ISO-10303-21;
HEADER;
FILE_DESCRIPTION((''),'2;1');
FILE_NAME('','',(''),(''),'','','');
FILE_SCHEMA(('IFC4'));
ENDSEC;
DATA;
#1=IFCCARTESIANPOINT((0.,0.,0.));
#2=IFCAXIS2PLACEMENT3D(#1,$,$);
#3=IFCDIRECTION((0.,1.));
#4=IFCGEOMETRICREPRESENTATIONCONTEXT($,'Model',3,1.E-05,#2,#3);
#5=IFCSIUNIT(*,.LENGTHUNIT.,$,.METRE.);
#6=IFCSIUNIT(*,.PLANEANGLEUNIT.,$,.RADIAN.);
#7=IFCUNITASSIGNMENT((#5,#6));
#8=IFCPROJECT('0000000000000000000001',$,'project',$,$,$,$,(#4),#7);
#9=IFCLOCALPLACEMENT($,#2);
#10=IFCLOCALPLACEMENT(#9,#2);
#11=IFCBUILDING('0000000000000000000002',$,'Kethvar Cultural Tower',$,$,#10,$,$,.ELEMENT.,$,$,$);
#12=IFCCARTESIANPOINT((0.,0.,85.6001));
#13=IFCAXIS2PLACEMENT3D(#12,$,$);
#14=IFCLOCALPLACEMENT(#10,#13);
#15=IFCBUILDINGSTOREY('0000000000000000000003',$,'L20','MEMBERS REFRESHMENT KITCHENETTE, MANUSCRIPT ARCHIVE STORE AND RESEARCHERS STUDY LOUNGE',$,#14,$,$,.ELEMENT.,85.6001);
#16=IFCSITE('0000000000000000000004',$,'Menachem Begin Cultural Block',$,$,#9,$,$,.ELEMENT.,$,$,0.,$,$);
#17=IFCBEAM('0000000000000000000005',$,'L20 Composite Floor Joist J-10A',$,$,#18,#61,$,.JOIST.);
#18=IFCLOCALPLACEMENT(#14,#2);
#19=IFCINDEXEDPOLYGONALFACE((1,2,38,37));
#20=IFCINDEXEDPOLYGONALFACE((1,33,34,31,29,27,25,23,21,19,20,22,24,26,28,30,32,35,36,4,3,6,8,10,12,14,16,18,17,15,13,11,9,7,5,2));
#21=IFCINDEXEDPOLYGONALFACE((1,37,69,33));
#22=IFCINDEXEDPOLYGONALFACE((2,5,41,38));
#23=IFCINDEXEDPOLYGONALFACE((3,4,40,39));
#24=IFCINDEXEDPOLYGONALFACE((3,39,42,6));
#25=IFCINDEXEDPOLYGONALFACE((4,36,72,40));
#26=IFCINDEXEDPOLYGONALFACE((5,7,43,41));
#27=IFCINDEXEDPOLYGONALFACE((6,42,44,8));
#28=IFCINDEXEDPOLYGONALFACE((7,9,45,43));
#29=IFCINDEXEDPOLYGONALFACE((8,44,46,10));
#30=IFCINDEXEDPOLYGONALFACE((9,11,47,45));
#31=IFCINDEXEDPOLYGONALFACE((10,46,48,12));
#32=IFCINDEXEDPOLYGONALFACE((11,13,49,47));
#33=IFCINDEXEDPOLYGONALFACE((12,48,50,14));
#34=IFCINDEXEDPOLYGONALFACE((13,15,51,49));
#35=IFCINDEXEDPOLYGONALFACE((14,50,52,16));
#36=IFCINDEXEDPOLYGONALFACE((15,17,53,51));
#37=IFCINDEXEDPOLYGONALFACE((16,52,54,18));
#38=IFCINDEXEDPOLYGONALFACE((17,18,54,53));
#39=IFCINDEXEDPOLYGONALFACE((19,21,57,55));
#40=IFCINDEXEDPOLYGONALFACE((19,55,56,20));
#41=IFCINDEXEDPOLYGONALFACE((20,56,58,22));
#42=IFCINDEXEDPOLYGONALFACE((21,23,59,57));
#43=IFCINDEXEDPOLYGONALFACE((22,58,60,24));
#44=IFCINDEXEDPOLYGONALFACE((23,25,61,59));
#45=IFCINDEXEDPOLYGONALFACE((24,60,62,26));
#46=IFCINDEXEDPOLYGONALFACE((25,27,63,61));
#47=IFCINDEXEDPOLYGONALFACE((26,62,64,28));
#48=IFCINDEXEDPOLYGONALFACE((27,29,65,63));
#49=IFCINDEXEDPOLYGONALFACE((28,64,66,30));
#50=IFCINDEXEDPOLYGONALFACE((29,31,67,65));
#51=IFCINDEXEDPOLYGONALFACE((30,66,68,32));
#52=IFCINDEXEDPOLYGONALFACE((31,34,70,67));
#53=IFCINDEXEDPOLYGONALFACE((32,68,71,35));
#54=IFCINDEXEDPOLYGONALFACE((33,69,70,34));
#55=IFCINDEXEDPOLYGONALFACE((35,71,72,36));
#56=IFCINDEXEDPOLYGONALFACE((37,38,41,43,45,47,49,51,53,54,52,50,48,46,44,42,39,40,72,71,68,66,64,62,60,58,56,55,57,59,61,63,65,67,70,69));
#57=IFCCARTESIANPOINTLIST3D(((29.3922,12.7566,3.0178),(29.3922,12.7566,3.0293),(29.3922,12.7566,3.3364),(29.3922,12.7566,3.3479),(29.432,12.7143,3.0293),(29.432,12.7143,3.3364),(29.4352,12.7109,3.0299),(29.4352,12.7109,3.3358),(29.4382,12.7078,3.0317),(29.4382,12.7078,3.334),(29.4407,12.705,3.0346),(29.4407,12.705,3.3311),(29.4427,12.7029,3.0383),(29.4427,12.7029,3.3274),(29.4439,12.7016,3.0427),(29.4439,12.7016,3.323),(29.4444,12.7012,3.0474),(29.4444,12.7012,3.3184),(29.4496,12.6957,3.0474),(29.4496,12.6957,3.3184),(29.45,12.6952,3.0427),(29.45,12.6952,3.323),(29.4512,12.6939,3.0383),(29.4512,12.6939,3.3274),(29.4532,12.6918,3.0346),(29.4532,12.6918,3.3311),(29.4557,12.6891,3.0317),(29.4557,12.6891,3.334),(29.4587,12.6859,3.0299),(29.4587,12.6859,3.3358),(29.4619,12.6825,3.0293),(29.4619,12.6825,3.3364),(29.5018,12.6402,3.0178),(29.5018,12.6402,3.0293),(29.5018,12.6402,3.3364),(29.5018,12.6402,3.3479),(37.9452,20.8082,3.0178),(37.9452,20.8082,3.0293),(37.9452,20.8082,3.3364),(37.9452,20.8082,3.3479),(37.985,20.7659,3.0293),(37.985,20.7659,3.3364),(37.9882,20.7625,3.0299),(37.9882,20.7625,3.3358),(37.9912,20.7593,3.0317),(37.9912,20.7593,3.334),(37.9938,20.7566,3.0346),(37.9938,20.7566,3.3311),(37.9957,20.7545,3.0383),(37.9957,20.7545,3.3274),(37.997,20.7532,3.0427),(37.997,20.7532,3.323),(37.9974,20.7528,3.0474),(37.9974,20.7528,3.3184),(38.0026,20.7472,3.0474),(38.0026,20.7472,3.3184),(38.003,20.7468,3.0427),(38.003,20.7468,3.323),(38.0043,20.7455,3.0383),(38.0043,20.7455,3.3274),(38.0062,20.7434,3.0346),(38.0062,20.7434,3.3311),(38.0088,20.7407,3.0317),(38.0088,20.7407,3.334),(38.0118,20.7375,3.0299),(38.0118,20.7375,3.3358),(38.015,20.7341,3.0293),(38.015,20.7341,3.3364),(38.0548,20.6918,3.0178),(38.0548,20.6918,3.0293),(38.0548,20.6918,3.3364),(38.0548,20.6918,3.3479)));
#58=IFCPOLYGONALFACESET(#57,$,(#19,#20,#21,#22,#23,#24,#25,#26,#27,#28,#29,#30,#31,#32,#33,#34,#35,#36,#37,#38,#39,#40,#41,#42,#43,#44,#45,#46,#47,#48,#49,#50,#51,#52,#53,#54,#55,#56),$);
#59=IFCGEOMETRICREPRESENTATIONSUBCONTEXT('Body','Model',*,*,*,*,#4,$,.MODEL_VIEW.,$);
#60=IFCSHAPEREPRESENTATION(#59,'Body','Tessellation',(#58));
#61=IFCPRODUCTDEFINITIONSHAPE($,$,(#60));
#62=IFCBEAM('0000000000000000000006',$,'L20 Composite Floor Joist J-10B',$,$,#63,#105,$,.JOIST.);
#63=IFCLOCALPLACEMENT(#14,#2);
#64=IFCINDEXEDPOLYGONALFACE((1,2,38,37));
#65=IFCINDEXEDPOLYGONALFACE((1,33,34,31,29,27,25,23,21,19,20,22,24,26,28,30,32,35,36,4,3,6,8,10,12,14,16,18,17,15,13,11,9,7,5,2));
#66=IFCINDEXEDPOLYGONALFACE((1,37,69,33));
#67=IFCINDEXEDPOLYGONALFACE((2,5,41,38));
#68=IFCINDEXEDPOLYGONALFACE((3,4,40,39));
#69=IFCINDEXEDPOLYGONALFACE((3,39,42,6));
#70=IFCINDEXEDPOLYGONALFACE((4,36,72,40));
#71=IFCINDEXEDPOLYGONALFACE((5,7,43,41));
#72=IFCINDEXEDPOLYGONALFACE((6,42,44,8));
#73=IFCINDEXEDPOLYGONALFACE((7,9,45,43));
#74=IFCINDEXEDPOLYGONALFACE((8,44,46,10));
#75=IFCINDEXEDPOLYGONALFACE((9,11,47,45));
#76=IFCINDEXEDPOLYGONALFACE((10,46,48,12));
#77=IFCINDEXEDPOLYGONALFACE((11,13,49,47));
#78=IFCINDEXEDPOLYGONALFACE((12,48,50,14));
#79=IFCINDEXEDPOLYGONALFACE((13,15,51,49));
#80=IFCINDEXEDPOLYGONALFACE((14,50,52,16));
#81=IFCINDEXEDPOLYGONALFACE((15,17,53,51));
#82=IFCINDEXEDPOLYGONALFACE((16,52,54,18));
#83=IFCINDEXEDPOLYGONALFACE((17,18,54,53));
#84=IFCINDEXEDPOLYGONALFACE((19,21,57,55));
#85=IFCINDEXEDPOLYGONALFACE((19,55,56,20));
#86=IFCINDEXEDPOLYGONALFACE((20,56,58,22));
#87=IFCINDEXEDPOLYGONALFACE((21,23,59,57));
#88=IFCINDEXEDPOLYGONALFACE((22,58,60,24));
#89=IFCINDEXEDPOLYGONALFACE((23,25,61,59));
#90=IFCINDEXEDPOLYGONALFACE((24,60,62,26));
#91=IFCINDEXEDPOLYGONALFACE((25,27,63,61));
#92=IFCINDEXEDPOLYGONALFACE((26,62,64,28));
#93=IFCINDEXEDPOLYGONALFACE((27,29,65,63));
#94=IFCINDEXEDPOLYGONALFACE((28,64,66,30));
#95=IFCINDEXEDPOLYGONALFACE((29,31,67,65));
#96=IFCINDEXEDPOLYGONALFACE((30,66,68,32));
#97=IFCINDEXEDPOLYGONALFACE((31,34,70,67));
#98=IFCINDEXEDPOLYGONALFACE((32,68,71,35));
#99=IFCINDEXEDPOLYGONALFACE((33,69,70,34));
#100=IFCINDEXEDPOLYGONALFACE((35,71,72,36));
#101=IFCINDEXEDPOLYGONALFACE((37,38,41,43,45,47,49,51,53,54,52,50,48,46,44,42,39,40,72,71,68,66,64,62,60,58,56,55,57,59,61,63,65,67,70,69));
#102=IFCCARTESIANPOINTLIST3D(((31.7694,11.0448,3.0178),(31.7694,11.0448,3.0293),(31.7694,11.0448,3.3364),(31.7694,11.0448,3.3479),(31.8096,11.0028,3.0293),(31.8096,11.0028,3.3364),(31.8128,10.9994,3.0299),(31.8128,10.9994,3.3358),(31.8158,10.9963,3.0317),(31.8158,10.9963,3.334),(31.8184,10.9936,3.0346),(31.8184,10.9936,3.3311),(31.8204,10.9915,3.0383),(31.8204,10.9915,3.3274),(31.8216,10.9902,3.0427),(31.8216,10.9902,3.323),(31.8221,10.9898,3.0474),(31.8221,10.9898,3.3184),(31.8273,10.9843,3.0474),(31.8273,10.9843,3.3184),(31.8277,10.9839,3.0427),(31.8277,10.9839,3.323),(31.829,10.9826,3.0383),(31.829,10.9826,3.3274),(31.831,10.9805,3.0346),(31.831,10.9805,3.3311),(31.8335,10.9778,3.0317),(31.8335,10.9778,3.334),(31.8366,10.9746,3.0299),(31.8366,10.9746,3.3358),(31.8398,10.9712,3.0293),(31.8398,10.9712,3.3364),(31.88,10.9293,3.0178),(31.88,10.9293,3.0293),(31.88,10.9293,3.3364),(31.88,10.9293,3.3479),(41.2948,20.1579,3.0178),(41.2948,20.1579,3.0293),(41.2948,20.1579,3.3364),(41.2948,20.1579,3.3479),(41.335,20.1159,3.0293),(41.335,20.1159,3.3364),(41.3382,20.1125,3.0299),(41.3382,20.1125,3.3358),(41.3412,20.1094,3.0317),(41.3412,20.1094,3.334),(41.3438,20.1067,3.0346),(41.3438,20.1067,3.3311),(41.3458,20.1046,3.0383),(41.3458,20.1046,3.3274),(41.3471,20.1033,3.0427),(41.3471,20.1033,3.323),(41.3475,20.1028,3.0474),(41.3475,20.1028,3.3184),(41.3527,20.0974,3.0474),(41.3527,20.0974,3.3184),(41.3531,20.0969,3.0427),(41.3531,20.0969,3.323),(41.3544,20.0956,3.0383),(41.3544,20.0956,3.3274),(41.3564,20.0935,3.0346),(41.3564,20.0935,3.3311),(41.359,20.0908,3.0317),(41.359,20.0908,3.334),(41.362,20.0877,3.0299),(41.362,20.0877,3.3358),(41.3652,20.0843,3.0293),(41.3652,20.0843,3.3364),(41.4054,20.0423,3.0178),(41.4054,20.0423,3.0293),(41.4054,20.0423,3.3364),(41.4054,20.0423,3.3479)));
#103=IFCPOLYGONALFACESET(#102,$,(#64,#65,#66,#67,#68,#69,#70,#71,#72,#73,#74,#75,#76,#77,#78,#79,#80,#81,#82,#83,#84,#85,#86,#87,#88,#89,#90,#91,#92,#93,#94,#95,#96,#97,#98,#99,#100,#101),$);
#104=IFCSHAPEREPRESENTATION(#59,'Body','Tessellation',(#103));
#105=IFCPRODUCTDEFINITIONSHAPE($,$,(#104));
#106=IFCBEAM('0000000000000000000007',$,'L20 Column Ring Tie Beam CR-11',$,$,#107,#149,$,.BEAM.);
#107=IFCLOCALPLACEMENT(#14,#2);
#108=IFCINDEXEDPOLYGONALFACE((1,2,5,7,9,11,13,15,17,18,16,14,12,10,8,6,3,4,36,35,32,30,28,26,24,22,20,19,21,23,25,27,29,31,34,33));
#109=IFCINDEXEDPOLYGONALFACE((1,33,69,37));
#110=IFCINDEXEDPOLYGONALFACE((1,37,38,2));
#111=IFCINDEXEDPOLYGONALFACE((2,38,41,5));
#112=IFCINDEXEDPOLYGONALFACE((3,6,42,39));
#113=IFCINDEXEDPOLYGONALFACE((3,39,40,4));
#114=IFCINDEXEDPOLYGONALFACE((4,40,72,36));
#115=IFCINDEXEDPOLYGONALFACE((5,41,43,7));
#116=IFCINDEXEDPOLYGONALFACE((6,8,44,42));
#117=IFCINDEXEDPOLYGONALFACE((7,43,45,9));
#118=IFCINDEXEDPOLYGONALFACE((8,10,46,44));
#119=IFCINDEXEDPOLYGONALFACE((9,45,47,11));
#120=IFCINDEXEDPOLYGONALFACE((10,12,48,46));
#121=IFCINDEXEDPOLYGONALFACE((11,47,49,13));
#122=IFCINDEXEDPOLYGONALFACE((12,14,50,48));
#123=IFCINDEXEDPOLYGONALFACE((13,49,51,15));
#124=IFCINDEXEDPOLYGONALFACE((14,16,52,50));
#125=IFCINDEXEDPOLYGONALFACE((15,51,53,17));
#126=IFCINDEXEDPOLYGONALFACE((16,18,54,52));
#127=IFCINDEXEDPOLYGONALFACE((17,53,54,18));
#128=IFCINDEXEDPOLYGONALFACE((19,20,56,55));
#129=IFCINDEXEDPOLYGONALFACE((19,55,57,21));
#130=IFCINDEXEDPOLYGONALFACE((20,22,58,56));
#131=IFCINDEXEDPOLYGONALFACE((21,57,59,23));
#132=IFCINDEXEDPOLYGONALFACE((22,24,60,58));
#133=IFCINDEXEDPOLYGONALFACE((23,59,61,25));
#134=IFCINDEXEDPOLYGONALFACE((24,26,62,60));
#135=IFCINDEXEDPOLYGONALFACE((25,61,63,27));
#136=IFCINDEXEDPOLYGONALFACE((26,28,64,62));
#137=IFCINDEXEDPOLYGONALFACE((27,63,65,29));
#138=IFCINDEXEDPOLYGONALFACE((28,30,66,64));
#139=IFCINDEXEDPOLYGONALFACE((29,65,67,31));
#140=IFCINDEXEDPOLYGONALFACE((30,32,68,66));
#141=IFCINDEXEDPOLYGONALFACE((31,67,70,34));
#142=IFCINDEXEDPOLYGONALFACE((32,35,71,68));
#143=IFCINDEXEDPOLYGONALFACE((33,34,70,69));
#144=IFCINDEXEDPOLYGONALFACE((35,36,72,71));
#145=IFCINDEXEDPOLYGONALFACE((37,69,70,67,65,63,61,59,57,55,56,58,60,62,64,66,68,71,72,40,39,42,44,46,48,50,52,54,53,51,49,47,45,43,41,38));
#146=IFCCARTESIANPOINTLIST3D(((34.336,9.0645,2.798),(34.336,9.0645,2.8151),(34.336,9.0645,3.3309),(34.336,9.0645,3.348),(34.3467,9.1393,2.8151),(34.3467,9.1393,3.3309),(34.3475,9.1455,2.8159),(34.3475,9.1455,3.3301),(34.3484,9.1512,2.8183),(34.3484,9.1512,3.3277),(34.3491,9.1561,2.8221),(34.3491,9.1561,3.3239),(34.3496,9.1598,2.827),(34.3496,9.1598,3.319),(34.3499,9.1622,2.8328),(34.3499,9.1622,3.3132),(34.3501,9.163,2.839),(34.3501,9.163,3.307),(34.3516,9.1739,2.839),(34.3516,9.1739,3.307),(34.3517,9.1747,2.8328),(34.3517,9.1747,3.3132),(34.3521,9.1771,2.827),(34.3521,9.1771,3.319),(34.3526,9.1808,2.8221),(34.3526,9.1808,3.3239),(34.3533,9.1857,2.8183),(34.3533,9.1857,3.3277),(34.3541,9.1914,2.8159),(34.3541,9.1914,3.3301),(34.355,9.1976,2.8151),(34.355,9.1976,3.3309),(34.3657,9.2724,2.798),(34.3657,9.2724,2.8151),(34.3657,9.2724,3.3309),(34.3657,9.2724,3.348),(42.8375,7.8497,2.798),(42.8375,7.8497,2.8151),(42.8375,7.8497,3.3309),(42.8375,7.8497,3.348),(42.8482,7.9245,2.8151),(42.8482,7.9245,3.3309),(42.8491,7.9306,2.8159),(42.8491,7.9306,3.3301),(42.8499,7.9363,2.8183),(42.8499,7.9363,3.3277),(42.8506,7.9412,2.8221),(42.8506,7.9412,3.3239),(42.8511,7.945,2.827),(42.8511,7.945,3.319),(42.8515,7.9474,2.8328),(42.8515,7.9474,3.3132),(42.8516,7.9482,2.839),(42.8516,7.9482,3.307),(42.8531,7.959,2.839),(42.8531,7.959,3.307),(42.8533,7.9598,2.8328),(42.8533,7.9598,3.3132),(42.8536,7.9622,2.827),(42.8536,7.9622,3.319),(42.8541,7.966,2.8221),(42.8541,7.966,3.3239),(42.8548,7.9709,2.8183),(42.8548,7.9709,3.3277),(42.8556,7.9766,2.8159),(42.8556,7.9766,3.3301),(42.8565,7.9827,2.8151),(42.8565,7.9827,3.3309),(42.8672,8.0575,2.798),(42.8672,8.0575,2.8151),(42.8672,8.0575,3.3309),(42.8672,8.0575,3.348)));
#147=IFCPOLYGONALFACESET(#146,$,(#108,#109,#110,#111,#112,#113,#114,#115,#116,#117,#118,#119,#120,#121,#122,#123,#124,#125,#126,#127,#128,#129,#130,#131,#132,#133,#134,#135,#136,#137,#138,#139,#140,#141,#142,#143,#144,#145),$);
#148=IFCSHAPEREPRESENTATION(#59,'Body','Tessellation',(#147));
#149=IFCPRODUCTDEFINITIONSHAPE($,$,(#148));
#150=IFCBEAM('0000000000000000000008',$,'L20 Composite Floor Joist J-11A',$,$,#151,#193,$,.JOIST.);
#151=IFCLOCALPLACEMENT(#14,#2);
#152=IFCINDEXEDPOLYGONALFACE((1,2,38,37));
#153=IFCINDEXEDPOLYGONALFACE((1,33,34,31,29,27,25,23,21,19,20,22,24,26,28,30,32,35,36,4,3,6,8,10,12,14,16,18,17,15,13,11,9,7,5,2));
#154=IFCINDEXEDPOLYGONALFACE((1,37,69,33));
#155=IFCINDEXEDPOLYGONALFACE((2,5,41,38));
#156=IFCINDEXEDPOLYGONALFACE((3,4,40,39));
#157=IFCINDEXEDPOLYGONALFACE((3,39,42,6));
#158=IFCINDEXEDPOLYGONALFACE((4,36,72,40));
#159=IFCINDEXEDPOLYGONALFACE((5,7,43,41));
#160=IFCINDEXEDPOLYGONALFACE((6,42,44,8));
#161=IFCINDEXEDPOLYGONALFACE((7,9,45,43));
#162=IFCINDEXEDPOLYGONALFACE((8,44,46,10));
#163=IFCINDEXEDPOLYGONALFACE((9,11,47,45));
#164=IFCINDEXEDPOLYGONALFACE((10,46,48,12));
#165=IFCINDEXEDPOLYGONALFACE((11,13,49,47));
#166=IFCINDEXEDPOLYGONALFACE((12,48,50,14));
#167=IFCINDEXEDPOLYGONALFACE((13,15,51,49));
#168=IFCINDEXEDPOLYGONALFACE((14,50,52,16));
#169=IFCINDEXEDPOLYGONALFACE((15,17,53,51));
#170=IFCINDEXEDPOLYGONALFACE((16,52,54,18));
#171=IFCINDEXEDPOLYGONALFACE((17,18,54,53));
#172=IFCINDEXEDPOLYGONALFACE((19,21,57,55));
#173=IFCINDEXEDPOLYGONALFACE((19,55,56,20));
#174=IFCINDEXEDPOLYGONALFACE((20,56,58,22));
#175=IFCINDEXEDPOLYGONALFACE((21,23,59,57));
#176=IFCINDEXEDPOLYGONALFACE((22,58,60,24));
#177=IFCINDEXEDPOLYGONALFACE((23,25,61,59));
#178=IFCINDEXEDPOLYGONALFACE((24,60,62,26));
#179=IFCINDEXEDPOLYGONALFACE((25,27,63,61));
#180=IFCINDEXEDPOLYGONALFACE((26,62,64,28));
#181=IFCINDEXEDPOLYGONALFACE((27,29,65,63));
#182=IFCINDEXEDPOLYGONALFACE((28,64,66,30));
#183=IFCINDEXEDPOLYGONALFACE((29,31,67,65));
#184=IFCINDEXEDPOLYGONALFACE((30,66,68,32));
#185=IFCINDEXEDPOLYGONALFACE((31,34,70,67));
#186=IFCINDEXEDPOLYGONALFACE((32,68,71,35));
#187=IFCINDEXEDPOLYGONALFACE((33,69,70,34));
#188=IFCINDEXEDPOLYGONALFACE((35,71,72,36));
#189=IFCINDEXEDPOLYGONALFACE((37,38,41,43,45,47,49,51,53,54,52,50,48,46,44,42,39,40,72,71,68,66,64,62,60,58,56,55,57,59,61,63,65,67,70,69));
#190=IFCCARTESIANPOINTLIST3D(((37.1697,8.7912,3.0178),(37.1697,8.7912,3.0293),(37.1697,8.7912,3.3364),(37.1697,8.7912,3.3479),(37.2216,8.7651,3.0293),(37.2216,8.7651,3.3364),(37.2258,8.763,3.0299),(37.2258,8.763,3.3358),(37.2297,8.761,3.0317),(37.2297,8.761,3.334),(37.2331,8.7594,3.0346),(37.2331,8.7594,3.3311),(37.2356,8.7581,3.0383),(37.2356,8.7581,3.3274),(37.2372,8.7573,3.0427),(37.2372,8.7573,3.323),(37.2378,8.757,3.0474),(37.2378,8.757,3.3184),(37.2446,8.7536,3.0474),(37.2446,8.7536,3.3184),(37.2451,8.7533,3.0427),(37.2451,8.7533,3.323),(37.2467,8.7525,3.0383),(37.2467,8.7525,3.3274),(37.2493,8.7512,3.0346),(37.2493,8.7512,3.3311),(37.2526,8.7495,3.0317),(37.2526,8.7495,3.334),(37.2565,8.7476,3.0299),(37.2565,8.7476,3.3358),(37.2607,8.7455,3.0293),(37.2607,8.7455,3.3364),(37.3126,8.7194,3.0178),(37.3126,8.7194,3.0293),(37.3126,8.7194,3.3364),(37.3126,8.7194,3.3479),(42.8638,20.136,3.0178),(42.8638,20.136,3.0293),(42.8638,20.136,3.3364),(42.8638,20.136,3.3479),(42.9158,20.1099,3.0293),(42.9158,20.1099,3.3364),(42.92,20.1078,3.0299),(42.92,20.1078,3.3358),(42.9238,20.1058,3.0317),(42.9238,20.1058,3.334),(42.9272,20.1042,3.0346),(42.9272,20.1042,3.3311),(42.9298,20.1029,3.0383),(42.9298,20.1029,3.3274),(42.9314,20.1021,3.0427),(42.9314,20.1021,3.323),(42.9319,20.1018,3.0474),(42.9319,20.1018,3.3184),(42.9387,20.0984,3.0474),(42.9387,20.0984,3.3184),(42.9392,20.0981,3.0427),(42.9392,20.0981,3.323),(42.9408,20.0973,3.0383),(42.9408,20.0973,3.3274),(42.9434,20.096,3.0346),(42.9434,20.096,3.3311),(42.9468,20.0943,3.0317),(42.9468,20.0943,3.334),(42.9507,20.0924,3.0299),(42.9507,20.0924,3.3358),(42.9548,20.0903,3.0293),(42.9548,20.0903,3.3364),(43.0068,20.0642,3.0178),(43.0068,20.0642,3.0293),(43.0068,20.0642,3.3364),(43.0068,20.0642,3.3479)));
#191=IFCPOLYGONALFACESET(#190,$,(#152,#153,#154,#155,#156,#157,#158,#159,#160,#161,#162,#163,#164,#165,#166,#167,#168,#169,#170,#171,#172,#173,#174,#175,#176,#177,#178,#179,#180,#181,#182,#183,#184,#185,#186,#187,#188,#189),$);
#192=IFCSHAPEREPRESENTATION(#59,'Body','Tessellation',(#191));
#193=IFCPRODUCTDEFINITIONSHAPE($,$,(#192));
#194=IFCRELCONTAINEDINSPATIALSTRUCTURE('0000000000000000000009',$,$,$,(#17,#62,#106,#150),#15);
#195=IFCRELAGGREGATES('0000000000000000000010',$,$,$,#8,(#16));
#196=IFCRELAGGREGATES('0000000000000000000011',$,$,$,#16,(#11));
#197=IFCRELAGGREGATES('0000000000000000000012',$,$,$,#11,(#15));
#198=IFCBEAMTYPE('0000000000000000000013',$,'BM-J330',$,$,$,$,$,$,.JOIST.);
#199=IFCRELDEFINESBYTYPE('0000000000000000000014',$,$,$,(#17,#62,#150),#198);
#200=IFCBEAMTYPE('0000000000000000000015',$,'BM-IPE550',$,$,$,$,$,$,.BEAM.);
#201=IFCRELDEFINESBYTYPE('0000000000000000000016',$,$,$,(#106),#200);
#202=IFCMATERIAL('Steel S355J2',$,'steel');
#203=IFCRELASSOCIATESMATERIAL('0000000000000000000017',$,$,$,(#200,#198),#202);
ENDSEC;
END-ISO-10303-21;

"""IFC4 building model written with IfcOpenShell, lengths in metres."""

from ifc_helpers import new_model, si_unit, direction, frame, origin, origin_2d, place, context, subcontext, project, spatial, i_section, extrude, source, transform, mapped, material, material_profile, profile_set, type_object, element, save


model = new_model("IFC4")

# Units and contexts
model_context = context("Model", 3, precision=1e-05, world=origin(), true_north=direction((0.0, 1.0)))
body_context = subcontext(model_context, "Body", "Model", "MODEL_VIEW")
ifc_project = project(units=[si_unit("LENGTHUNIT", "METRE"), si_unit("PLANEANGLEUNIT", "RADIAN")], contexts=[model_context])

# Site, building, storey
site_placement = place(None, origin())
site = spatial("IfcSite", under=ifc_project, at=site_placement, Name="Menachem Begin Cultural Block", CompositionType="ELEMENT", RefElevation=0.0)
building_placement = place(site_placement, origin())
building = spatial("IfcBuilding", under=site, at=building_placement, Name="Kethvar Cultural Tower", CompositionType="ELEMENT")
storey_placement = place(building_placement, frame((0.0, 0.0, 85.6001)))
storey = spatial("IfcBuildingStorey", under=building, at=storey_placement, Name="L20", Description="MEMBERS REFRESHMENT KITCHENETTE, MANUSCRIPT ARCHIVE STORE AND RESEARCHERS STUDY LOUNGE", CompositionType="ELEMENT", Elevation=85.6001)

# Beams
ifc_material_1 = material(Name="Steel S355J2", Category="steel")
ifc_material_profile_1 = material_profile(ifc_material_1, i_section(OverallWidth=0.21, OverallDepth=0.55, WebThickness=0.011, FlangeThickness=0.0171, FilletRadius=0.0239, at=origin_2d()), Name="Steel S355J2 — IPE550")
ifc_profile_set_1 = profile_set([ifc_material_profile_1], Name="Steel S355J2 — IPE550")
beam_type_1 = type_object("IfcBeamType", Name="BM-IPE550", PredefinedType="BEAM", material=ifc_profile_set_1)
ifc_material_profile_2 = material_profile(ifc_material_1, i_section(OverallWidth=0.1599, OverallDepth=0.3301, WebThickness=0.0076, FlangeThickness=0.0115, FilletRadius=0.0181, at=origin_2d()), Name="Steel S355J2 — IPE330")
ifc_profile_set_2 = profile_set([ifc_material_profile_2], Name="Steel S355J2 — IPE330")
beam_type_2 = type_object("IfcBeamType", Name="BM-J330", PredefinedType="JOIST", material=ifc_profile_set_2)
shared_shape_1 = source(origin(), body_context, "Body", "SweptSolid", [
    extrude(i_section(OverallWidth=0.1599, OverallDepth=0.3301, WebThickness=0.0076, FlangeThickness=0.0115, FilletRadius=0.0181, at=origin_2d()), origin(), (0.0, 0.0, 1.0), 11.7466),
])
beam_1_placement = place(storey_placement, frame((38.0, 20.75, 3.1829), z_axis=(-0.72813, -0.685439, 0.0), x_axis=(0.685439, -0.72813, 0.0)))
element("IfcBeam", 1, at=beam_1_placement, inside=storey, type_object=beam_type_2, Name="L20 Composite Floor Joist J-10A", PredefinedType="JOIST", context=body_context, shape_type="MappedRepresentation", body=[
    mapped(shared_shape_1, transform((0.0, 0.0, 0.0), scale=1.0)),
])
shared_shape_2 = source(origin(), body_context, "Body", "SweptSolid", [
    extrude(i_section(OverallWidth=0.1599, OverallDepth=0.3301, WebThickness=0.0076, FlangeThickness=0.0115, FilletRadius=0.0181, at=origin_2d()), origin(), (0.0, 0.0, 1.0), 13.1826),
])
beam_2_placement = place(storey_placement, frame((41.3501, 20.1001, 3.1829), z_axis=(-0.722574, -0.691294, 0.0), x_axis=(0.691294, -0.722574, 0.0)))
element("IfcBeam", 2, at=beam_2_placement, inside=storey, type_object=beam_type_2, Name="L20 Composite Floor Joist J-10B", PredefinedType="JOIST", context=body_context, shape_type="MappedRepresentation", body=[
    mapped(shared_shape_2, transform((0.0, 0.0, 0.0), scale=1.0)),
])
shared_shape_3 = source(origin(), body_context, "Body", "SweptSolid", [
    extrude(i_section(OverallWidth=0.21, OverallDepth=0.55, WebThickness=0.011, FlangeThickness=0.0171, FilletRadius=0.0239, at=origin_2d()), origin(), (0.0, 0.0, 1.0), 8.5879),
])
beam_3_placement = place(storey_placement, frame((34.3508, 9.1685, 3.073), z_axis=(0.989944, -0.141461, 0.0), x_axis=(0.141461, 0.989944, 0.0)))
element("IfcBeam", 3, at=beam_3_placement, inside=storey, type_object=beam_type_1, Name="L20 Column Ring Tie Beam CR-11", PredefinedType="BEAM", context=body_context, shape_type="MappedRepresentation", body=[
    mapped(shared_shape_3, transform((0.0, 0.0, 0.0), scale=1.0)),
])
shared_shape_4 = source(origin(), body_context, "Body", "SweptSolid", [
    extrude(i_section(OverallWidth=0.1599, OverallDepth=0.3301, WebThickness=0.0076, FlangeThickness=0.0115, FilletRadius=0.0181, at=origin_2d()), origin(), (0.0, 0.0, 1.0), 12.6936),
])
beam_4_placement = place(storey_placement, frame((42.9353, 20.1001, 3.1829), z_axis=(-0.448582, -0.893741, 0.0), x_axis=(0.893741, -0.448582, 0.0)))
element("IfcBeam", 4, at=beam_4_placement, inside=storey, type_object=beam_type_2, Name="L20 Composite Floor Joist J-11A", PredefinedType="JOIST", context=body_context, shape_type="MappedRepresentation", body=[
    mapped(shared_shape_4, transform((0.0, 0.0, 0.0), scale=1.0)),
])

save(model, "model.ifc")
